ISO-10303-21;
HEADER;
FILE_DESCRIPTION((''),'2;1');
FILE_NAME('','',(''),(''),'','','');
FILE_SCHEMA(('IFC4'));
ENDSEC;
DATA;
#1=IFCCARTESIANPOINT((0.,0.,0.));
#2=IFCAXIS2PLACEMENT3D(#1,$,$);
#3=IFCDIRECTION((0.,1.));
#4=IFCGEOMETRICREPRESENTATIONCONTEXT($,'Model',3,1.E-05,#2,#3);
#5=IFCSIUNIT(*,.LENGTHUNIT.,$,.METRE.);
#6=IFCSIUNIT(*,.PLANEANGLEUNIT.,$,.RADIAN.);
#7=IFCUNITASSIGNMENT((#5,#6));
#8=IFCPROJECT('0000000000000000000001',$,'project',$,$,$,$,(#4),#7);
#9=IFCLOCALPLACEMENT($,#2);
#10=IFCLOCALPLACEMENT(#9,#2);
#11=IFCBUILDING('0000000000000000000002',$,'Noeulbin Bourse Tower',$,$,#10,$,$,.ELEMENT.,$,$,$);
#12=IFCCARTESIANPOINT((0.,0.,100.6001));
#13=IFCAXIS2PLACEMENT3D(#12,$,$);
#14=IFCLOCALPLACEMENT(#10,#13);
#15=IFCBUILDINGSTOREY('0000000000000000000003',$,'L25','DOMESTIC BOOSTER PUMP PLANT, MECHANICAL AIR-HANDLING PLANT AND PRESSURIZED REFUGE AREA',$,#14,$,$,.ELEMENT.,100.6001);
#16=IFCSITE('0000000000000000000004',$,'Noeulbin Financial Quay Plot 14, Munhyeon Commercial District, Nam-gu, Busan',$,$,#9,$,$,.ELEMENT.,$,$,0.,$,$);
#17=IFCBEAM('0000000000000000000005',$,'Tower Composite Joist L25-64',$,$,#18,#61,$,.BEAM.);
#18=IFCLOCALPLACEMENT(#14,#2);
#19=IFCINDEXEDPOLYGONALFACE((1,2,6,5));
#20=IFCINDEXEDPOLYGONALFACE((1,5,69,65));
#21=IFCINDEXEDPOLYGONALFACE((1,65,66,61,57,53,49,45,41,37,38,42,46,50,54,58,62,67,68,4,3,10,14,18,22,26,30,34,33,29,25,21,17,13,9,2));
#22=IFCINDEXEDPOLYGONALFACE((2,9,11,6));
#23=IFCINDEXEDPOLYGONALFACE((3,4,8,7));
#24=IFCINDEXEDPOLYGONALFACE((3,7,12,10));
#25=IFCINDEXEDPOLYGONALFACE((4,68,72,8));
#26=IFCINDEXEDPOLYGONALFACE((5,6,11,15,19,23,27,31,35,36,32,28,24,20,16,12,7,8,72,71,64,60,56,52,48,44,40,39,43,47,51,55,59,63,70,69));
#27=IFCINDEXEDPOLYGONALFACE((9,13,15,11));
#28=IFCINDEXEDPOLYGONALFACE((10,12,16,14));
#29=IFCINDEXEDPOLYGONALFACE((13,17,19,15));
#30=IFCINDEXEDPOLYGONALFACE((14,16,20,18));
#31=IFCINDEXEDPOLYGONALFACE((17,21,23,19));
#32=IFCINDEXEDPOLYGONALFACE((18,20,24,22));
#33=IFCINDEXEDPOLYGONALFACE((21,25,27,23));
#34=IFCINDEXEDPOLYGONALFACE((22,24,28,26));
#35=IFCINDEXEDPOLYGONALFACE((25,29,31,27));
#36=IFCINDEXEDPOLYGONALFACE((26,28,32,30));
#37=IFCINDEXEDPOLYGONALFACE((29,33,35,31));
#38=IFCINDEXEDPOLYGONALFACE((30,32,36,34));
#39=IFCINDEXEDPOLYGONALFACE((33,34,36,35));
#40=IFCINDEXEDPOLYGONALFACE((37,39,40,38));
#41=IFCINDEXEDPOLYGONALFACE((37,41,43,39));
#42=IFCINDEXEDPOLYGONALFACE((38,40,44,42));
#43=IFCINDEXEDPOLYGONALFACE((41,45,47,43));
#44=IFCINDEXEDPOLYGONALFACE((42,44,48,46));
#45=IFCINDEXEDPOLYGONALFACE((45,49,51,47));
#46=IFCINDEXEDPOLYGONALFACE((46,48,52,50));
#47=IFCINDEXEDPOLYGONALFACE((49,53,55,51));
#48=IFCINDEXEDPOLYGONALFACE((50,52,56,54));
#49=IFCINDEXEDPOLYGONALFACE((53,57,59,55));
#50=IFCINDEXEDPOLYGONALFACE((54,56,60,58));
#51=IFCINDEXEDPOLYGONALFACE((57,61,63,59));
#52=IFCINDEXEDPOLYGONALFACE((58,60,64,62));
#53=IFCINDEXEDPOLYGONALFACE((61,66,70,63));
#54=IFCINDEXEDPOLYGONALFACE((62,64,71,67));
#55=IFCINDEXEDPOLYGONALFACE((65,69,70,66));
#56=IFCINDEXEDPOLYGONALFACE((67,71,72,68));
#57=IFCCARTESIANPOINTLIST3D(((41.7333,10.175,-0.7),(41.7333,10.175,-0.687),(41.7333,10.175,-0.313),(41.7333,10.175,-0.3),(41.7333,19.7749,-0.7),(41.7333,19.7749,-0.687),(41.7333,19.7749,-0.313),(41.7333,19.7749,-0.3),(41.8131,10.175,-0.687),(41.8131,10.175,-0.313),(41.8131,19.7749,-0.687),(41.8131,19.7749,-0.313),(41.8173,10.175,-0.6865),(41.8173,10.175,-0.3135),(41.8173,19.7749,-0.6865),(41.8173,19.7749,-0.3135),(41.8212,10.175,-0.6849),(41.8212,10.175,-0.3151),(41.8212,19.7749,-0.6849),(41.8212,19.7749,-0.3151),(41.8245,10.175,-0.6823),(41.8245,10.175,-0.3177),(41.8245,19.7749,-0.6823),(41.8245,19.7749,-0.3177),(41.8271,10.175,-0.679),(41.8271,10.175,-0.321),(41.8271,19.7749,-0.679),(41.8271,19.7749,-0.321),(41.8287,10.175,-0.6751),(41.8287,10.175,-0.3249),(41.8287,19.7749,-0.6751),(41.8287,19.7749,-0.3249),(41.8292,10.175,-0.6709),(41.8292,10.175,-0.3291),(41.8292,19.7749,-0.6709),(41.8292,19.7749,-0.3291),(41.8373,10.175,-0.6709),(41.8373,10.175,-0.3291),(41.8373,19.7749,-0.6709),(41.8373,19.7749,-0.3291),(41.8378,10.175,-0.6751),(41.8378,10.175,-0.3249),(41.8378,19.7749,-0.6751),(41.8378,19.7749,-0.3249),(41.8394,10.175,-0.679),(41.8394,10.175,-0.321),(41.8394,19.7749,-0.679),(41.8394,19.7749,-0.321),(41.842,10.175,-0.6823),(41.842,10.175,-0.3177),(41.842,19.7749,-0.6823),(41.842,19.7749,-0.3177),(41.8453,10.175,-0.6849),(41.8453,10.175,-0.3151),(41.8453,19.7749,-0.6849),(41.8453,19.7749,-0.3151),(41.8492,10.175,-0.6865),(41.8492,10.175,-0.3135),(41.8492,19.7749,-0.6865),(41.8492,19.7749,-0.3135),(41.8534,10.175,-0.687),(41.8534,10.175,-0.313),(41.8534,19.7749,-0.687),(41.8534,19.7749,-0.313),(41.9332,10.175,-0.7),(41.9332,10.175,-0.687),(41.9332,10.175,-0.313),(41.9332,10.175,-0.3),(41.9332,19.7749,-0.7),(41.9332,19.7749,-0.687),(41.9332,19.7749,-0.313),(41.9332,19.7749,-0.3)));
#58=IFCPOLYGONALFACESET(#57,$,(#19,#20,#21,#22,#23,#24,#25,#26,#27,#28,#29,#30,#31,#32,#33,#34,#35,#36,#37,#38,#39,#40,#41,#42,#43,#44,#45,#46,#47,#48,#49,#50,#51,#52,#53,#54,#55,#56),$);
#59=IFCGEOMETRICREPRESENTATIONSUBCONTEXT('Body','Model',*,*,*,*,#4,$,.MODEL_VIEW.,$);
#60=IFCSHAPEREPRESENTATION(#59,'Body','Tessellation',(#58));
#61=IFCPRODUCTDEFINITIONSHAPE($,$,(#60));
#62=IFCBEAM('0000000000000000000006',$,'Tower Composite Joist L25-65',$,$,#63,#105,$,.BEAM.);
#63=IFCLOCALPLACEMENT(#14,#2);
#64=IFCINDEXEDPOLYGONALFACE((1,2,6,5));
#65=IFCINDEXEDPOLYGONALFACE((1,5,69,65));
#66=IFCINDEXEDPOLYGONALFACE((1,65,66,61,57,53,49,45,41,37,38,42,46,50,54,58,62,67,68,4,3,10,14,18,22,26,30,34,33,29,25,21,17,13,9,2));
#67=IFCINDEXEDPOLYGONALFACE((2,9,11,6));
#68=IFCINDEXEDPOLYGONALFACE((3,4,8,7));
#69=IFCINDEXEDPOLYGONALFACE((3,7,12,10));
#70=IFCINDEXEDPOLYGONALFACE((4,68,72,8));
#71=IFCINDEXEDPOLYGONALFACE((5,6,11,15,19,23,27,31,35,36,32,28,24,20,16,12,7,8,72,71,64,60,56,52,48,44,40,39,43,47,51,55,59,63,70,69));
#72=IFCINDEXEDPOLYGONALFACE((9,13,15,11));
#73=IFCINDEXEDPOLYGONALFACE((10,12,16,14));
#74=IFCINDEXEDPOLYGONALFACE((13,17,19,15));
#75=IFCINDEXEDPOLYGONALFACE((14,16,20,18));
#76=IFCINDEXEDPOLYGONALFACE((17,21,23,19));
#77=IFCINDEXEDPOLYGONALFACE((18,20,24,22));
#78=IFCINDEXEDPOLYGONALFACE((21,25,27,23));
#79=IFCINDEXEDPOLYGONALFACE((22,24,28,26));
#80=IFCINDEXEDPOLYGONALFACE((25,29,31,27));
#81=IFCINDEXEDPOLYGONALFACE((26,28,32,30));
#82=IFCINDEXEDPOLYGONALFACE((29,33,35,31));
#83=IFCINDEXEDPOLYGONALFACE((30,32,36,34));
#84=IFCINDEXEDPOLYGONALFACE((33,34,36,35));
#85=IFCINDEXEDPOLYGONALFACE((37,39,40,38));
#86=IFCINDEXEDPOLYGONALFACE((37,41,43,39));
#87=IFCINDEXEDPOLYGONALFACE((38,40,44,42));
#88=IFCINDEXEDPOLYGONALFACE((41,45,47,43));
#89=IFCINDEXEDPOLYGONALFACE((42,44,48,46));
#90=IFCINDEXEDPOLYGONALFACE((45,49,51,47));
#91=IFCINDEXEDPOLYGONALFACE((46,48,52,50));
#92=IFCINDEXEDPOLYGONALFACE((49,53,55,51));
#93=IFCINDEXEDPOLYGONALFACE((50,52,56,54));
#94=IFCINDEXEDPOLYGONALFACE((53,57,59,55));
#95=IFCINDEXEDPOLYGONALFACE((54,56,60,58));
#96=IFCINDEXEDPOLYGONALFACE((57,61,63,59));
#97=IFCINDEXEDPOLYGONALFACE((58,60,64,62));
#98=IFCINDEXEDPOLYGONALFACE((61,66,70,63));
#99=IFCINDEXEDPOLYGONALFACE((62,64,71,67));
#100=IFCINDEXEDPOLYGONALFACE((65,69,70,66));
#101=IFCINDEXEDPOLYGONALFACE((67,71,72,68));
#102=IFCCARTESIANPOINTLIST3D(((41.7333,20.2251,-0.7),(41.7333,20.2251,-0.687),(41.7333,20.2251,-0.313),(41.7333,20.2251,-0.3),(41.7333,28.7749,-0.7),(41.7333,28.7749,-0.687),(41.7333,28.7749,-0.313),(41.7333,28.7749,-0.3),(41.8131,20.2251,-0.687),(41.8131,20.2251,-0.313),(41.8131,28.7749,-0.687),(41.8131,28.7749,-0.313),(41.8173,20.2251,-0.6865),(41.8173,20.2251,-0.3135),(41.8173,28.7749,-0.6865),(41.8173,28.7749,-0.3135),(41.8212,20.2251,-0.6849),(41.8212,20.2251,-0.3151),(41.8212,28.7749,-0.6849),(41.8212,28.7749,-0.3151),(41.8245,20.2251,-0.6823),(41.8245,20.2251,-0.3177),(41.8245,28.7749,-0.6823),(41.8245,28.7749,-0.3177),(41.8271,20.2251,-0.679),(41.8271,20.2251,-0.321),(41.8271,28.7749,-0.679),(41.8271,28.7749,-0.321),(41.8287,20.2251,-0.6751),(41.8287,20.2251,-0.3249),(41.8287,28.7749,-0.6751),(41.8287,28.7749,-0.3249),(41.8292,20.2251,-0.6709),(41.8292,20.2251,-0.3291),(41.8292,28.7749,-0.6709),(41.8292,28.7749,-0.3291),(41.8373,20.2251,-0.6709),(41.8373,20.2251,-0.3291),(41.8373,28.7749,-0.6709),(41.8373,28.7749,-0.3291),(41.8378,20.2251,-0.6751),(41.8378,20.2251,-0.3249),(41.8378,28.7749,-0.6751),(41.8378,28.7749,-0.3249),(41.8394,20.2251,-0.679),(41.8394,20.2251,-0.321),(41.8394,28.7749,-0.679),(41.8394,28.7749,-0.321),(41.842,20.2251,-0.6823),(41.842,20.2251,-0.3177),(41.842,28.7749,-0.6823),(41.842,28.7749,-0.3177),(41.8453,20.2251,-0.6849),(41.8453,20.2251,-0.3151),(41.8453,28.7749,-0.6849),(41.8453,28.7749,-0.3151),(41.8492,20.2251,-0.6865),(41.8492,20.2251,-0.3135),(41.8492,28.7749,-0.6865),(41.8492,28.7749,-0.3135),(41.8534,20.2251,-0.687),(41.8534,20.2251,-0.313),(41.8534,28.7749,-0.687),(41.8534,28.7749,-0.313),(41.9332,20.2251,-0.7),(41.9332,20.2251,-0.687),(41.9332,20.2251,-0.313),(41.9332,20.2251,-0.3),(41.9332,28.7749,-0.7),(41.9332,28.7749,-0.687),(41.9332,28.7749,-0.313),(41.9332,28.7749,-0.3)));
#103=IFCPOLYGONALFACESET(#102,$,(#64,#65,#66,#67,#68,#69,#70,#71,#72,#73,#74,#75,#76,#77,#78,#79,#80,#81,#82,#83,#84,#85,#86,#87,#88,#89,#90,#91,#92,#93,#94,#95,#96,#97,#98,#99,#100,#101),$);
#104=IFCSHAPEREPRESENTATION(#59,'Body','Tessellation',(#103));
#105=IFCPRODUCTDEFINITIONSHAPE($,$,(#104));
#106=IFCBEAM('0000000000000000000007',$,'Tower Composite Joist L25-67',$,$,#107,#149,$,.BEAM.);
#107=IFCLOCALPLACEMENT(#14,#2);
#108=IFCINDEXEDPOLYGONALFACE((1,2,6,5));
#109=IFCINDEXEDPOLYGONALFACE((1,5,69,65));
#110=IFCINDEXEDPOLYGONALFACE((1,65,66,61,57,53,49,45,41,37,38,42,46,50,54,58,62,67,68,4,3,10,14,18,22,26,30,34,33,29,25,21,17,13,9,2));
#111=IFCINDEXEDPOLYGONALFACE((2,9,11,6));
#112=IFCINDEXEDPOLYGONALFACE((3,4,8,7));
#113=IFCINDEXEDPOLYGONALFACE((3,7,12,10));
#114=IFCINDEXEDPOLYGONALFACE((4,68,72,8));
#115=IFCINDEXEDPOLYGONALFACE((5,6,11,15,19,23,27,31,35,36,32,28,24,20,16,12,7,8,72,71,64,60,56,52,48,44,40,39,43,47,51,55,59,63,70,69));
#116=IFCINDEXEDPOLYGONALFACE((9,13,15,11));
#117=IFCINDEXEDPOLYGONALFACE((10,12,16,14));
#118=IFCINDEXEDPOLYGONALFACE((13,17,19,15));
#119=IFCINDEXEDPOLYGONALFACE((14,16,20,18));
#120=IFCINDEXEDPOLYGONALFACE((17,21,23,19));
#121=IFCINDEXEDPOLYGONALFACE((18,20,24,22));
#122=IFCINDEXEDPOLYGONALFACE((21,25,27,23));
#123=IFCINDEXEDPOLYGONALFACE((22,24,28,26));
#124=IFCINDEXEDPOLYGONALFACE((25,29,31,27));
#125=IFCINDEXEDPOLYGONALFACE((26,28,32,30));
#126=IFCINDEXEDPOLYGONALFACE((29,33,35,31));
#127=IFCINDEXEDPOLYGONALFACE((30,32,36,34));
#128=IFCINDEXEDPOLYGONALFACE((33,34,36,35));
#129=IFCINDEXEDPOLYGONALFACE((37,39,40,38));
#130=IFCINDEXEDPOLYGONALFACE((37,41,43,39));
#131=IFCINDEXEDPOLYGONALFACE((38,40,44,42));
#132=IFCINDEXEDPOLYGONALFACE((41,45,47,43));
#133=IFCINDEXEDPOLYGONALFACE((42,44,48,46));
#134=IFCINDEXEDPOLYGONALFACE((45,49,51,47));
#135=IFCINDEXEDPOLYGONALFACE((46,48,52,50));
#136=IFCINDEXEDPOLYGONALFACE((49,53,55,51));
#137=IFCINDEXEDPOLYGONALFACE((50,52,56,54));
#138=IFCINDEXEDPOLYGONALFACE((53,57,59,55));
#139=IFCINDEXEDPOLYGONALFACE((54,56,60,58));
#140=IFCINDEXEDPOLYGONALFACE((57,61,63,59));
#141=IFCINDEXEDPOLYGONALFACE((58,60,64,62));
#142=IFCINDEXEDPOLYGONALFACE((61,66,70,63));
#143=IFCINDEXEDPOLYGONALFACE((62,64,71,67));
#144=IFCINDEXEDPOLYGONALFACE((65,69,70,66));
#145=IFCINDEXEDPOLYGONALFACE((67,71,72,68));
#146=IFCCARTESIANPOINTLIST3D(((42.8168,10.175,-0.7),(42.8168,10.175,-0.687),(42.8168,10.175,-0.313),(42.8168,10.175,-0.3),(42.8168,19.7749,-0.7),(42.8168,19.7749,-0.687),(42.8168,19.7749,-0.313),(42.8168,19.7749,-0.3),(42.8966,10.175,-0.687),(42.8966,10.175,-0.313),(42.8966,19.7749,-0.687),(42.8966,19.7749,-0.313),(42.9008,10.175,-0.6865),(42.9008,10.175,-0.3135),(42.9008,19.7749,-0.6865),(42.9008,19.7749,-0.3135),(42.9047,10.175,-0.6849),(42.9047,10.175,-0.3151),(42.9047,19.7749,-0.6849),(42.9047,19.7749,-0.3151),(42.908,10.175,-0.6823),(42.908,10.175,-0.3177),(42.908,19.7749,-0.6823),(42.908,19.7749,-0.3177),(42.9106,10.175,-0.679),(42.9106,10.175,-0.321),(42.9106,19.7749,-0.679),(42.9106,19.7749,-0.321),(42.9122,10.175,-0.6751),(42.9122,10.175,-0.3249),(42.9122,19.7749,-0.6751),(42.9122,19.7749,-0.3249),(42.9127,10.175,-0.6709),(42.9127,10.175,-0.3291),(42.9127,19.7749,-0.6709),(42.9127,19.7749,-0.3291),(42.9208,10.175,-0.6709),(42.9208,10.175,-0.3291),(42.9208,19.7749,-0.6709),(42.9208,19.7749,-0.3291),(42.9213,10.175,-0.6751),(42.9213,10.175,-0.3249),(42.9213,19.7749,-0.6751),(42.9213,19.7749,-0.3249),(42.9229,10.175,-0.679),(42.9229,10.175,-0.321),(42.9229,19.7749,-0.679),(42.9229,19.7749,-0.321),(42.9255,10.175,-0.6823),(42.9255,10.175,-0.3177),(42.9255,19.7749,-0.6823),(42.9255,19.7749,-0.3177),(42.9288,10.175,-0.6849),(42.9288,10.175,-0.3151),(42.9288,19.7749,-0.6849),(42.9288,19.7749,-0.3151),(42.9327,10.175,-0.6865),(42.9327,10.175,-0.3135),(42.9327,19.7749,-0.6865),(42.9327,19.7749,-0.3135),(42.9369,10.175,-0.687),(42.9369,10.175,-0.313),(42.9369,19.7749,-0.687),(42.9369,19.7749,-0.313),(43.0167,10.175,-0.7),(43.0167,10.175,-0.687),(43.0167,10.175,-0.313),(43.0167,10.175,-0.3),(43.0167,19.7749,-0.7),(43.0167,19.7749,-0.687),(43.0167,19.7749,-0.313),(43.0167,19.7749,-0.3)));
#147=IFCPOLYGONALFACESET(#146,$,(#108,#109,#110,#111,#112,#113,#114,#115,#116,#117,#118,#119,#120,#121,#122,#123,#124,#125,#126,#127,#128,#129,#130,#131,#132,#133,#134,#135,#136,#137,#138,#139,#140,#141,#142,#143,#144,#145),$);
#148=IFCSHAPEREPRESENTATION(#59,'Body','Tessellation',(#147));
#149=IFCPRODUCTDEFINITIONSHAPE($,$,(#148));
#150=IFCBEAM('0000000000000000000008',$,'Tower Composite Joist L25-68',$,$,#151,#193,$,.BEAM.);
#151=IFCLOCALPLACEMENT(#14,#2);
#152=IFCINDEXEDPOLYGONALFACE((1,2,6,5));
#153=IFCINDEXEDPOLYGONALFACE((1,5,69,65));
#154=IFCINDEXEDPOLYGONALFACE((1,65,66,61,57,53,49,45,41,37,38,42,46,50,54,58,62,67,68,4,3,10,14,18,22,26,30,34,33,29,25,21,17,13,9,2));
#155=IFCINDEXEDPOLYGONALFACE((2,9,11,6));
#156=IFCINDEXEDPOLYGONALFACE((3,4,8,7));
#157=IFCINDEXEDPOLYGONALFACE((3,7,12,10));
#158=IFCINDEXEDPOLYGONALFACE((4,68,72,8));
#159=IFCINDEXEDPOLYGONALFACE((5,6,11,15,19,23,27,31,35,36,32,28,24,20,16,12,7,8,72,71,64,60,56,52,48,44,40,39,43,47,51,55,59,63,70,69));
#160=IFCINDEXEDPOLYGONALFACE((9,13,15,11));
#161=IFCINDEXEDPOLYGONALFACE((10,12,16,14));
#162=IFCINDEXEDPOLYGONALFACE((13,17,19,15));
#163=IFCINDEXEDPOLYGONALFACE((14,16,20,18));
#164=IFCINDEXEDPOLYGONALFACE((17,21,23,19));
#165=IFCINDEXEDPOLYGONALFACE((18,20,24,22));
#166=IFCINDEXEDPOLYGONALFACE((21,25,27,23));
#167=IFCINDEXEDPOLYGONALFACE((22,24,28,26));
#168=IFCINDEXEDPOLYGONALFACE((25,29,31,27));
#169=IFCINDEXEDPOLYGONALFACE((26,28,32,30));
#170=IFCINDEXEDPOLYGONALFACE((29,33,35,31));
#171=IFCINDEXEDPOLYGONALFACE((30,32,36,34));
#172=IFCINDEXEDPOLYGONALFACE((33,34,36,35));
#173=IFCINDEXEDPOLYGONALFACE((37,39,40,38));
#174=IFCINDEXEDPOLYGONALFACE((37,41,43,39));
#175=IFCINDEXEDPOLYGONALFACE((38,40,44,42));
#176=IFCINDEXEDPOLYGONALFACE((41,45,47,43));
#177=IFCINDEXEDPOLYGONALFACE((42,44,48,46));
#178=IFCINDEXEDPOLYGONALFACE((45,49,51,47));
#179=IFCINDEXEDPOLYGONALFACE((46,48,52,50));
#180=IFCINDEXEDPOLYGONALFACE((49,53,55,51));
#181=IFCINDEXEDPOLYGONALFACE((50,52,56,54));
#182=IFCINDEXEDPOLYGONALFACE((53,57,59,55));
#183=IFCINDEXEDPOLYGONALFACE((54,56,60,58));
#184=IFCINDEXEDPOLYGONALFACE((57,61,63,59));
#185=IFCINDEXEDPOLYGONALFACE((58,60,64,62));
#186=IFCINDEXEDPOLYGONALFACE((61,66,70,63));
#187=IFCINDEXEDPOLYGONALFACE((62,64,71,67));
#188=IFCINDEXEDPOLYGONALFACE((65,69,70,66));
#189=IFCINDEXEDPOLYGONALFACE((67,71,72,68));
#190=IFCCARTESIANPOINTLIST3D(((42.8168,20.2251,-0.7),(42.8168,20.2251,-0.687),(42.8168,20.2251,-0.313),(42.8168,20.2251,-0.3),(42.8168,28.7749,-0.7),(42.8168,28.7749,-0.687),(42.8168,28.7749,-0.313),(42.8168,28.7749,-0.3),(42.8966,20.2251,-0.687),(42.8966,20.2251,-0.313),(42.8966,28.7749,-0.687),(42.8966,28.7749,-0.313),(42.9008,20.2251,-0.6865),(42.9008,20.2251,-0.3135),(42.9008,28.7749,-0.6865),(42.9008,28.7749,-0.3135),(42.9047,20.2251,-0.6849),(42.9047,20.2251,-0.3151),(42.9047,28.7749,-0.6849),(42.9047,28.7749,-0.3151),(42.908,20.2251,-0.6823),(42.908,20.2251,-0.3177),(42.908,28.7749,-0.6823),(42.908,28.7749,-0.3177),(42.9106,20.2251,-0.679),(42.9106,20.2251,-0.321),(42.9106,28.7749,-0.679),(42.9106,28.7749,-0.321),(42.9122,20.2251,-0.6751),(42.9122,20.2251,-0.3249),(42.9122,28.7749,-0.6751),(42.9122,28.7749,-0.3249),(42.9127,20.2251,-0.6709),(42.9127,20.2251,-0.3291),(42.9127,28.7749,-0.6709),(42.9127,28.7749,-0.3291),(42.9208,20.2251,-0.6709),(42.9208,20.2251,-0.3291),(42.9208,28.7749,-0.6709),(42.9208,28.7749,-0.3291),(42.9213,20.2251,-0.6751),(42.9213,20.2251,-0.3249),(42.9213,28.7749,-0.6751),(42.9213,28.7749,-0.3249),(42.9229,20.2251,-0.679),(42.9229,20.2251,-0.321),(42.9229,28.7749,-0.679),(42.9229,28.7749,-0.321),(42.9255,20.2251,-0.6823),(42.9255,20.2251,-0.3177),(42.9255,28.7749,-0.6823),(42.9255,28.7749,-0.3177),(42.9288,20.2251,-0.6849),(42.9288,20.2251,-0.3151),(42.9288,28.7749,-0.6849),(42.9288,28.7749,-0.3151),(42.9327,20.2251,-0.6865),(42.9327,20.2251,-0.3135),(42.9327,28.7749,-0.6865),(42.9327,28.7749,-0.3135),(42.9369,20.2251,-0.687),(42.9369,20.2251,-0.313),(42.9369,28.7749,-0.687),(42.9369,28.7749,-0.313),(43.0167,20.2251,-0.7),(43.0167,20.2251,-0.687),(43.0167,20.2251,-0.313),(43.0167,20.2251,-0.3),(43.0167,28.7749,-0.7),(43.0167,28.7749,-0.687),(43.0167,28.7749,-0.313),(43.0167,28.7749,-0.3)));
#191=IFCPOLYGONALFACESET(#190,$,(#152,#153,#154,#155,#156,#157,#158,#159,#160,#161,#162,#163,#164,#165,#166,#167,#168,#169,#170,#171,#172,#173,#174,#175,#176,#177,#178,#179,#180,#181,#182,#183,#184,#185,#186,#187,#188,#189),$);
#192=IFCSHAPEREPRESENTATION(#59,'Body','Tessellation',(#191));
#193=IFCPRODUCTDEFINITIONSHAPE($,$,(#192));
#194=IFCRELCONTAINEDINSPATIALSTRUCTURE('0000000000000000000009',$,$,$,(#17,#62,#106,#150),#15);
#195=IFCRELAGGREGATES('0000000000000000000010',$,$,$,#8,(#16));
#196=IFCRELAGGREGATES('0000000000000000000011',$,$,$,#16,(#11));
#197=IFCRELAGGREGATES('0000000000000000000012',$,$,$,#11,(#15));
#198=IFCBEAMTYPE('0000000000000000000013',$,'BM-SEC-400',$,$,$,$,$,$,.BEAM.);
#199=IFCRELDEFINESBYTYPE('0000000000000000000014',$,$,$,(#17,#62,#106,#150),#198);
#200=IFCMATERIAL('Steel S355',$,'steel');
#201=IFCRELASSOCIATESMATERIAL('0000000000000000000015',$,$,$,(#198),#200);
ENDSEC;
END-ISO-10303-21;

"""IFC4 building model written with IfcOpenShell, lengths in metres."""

from ifc_helpers import new_model, si_unit, direction, frame, origin, origin_2d, place, context, subcontext, project, spatial, i_section, extrude, material, material_profile, profile_set, type_object, element, save


model = new_model("IFC4")

# Units and contexts
model_context = context("Model", 3, precision=1e-05, world=origin(), true_north=direction((0.0, 1.0)))
body_context = subcontext(model_context, "Body", "Model", "MODEL_VIEW")
ifc_project = project(units=[si_unit("LENGTHUNIT", "METRE"), si_unit("PLANEANGLEUNIT", "RADIAN")], contexts=[model_context])

# Site, building, storey
site_placement = place(None, origin())
site = spatial("IfcSite", under=ifc_project, at=site_placement, Name="Noeulbin Financial Quay Plot 14, Munhyeon Commercial District, Nam-gu, Busan", CompositionType="ELEMENT", RefElevation=0.0)
building_placement = place(site_placement, origin())
building = spatial("IfcBuilding", under=site, at=building_placement, Name="Noeulbin Bourse Tower", CompositionType="ELEMENT")
storey_placement = place(building_placement, frame((0.0, 0.0, 100.6001)))
storey = spatial("IfcBuildingStorey", under=building, at=storey_placement, Name="L25", Description="DOMESTIC BOOSTER PUMP PLANT, MECHANICAL AIR-HANDLING PLANT AND PRESSURIZED REFUGE AREA", CompositionType="ELEMENT", Elevation=100.6001)

# Beams
ifc_material_1 = material(Name="Steel S355", Category="steel")
ifc_material_profile_1 = material_profile(ifc_material_1, i_section(OverallWidth=0.2, OverallDepth=0.3999, WebThickness=0.0081, FlangeThickness=0.0129, FilletRadius=0.0161, at=origin_2d()), Name="H-400x200x8x13", Category="LoadBearing")
ifc_profile_set_1 = profile_set([ifc_material_profile_1], Name="Steel S355")
beam_type_1 = type_object("IfcBeamType", Name="BM-SEC-400", PredefinedType="BEAM", material=ifc_profile_set_1)
beam_1_placement = place(storey_placement, frame((41.8333, 10.175, -0.5), z_axis=(0.0, 1.0, 0.0), x_axis=(-1.0, 0.0, 0.0)))
element("IfcBeam", 1, at=beam_1_placement, inside=storey, type_object=beam_type_1, Name="Tower Composite Joist L25-64", PredefinedType="BEAM", context=body_context, shape_type="SweptSolid", body=[
    extrude(i_section(OverallWidth=0.2, OverallDepth=0.3999, WebThickness=0.0081, FlangeThickness=0.0129, FilletRadius=0.0161, at=origin_2d()), origin(), (0.0, 0.0, 1.0), 9.5999),
])
beam_2_placement = place(storey_placement, frame((41.8333, 20.2251, -0.5), z_axis=(0.0, 1.0, 0.0), x_axis=(-1.0, 0.0, 0.0)))
element("IfcBeam", 2, at=beam_2_placement, inside=storey, type_object=beam_type_1, Name="Tower Composite Joist L25-65", PredefinedType="BEAM", context=body_context, shape_type="SweptSolid", body=[
    extrude(i_section(OverallWidth=0.2, OverallDepth=0.3999, WebThickness=0.0081, FlangeThickness=0.0129, FilletRadius=0.0161, at=origin_2d()), origin(), (0.0, 0.0, 1.0), 8.5498),
])
beam_3_placement = place(storey_placement, frame((42.9167, 10.175, -0.5), z_axis=(0.0, 1.0, 0.0), x_axis=(-1.0, 0.0, 0.0)))
element("IfcBeam", 3, at=beam_3_placement, inside=storey, type_object=beam_type_1, Name="Tower Composite Joist L25-67", PredefinedType="BEAM", context=body_context, shape_type="SweptSolid", body=[
    extrude(i_section(OverallWidth=0.2, OverallDepth=0.3999, WebThickness=0.0081, FlangeThickness=0.0129, FilletRadius=0.0161, at=origin_2d()), origin(), (0.0, 0.0, 1.0), 9.5999),
])
beam_4_placement = place(storey_placement, frame((42.9167, 20.2251, -0.5), z_axis=(0.0, 1.0, 0.0), x_axis=(-1.0, 0.0, 0.0)))
element("IfcBeam", 4, at=beam_4_placement, inside=storey, type_object=beam_type_1, Name="Tower Composite Joist L25-68", PredefinedType="BEAM", context=body_context, shape_type="SweptSolid", body=[
    extrude(i_section(OverallWidth=0.2, OverallDepth=0.3999, WebThickness=0.0081, FlangeThickness=0.0129, FilletRadius=0.0161, at=origin_2d()), origin(), (0.0, 0.0, 1.0), 8.5498),
])

save(model, "model.ifc")
